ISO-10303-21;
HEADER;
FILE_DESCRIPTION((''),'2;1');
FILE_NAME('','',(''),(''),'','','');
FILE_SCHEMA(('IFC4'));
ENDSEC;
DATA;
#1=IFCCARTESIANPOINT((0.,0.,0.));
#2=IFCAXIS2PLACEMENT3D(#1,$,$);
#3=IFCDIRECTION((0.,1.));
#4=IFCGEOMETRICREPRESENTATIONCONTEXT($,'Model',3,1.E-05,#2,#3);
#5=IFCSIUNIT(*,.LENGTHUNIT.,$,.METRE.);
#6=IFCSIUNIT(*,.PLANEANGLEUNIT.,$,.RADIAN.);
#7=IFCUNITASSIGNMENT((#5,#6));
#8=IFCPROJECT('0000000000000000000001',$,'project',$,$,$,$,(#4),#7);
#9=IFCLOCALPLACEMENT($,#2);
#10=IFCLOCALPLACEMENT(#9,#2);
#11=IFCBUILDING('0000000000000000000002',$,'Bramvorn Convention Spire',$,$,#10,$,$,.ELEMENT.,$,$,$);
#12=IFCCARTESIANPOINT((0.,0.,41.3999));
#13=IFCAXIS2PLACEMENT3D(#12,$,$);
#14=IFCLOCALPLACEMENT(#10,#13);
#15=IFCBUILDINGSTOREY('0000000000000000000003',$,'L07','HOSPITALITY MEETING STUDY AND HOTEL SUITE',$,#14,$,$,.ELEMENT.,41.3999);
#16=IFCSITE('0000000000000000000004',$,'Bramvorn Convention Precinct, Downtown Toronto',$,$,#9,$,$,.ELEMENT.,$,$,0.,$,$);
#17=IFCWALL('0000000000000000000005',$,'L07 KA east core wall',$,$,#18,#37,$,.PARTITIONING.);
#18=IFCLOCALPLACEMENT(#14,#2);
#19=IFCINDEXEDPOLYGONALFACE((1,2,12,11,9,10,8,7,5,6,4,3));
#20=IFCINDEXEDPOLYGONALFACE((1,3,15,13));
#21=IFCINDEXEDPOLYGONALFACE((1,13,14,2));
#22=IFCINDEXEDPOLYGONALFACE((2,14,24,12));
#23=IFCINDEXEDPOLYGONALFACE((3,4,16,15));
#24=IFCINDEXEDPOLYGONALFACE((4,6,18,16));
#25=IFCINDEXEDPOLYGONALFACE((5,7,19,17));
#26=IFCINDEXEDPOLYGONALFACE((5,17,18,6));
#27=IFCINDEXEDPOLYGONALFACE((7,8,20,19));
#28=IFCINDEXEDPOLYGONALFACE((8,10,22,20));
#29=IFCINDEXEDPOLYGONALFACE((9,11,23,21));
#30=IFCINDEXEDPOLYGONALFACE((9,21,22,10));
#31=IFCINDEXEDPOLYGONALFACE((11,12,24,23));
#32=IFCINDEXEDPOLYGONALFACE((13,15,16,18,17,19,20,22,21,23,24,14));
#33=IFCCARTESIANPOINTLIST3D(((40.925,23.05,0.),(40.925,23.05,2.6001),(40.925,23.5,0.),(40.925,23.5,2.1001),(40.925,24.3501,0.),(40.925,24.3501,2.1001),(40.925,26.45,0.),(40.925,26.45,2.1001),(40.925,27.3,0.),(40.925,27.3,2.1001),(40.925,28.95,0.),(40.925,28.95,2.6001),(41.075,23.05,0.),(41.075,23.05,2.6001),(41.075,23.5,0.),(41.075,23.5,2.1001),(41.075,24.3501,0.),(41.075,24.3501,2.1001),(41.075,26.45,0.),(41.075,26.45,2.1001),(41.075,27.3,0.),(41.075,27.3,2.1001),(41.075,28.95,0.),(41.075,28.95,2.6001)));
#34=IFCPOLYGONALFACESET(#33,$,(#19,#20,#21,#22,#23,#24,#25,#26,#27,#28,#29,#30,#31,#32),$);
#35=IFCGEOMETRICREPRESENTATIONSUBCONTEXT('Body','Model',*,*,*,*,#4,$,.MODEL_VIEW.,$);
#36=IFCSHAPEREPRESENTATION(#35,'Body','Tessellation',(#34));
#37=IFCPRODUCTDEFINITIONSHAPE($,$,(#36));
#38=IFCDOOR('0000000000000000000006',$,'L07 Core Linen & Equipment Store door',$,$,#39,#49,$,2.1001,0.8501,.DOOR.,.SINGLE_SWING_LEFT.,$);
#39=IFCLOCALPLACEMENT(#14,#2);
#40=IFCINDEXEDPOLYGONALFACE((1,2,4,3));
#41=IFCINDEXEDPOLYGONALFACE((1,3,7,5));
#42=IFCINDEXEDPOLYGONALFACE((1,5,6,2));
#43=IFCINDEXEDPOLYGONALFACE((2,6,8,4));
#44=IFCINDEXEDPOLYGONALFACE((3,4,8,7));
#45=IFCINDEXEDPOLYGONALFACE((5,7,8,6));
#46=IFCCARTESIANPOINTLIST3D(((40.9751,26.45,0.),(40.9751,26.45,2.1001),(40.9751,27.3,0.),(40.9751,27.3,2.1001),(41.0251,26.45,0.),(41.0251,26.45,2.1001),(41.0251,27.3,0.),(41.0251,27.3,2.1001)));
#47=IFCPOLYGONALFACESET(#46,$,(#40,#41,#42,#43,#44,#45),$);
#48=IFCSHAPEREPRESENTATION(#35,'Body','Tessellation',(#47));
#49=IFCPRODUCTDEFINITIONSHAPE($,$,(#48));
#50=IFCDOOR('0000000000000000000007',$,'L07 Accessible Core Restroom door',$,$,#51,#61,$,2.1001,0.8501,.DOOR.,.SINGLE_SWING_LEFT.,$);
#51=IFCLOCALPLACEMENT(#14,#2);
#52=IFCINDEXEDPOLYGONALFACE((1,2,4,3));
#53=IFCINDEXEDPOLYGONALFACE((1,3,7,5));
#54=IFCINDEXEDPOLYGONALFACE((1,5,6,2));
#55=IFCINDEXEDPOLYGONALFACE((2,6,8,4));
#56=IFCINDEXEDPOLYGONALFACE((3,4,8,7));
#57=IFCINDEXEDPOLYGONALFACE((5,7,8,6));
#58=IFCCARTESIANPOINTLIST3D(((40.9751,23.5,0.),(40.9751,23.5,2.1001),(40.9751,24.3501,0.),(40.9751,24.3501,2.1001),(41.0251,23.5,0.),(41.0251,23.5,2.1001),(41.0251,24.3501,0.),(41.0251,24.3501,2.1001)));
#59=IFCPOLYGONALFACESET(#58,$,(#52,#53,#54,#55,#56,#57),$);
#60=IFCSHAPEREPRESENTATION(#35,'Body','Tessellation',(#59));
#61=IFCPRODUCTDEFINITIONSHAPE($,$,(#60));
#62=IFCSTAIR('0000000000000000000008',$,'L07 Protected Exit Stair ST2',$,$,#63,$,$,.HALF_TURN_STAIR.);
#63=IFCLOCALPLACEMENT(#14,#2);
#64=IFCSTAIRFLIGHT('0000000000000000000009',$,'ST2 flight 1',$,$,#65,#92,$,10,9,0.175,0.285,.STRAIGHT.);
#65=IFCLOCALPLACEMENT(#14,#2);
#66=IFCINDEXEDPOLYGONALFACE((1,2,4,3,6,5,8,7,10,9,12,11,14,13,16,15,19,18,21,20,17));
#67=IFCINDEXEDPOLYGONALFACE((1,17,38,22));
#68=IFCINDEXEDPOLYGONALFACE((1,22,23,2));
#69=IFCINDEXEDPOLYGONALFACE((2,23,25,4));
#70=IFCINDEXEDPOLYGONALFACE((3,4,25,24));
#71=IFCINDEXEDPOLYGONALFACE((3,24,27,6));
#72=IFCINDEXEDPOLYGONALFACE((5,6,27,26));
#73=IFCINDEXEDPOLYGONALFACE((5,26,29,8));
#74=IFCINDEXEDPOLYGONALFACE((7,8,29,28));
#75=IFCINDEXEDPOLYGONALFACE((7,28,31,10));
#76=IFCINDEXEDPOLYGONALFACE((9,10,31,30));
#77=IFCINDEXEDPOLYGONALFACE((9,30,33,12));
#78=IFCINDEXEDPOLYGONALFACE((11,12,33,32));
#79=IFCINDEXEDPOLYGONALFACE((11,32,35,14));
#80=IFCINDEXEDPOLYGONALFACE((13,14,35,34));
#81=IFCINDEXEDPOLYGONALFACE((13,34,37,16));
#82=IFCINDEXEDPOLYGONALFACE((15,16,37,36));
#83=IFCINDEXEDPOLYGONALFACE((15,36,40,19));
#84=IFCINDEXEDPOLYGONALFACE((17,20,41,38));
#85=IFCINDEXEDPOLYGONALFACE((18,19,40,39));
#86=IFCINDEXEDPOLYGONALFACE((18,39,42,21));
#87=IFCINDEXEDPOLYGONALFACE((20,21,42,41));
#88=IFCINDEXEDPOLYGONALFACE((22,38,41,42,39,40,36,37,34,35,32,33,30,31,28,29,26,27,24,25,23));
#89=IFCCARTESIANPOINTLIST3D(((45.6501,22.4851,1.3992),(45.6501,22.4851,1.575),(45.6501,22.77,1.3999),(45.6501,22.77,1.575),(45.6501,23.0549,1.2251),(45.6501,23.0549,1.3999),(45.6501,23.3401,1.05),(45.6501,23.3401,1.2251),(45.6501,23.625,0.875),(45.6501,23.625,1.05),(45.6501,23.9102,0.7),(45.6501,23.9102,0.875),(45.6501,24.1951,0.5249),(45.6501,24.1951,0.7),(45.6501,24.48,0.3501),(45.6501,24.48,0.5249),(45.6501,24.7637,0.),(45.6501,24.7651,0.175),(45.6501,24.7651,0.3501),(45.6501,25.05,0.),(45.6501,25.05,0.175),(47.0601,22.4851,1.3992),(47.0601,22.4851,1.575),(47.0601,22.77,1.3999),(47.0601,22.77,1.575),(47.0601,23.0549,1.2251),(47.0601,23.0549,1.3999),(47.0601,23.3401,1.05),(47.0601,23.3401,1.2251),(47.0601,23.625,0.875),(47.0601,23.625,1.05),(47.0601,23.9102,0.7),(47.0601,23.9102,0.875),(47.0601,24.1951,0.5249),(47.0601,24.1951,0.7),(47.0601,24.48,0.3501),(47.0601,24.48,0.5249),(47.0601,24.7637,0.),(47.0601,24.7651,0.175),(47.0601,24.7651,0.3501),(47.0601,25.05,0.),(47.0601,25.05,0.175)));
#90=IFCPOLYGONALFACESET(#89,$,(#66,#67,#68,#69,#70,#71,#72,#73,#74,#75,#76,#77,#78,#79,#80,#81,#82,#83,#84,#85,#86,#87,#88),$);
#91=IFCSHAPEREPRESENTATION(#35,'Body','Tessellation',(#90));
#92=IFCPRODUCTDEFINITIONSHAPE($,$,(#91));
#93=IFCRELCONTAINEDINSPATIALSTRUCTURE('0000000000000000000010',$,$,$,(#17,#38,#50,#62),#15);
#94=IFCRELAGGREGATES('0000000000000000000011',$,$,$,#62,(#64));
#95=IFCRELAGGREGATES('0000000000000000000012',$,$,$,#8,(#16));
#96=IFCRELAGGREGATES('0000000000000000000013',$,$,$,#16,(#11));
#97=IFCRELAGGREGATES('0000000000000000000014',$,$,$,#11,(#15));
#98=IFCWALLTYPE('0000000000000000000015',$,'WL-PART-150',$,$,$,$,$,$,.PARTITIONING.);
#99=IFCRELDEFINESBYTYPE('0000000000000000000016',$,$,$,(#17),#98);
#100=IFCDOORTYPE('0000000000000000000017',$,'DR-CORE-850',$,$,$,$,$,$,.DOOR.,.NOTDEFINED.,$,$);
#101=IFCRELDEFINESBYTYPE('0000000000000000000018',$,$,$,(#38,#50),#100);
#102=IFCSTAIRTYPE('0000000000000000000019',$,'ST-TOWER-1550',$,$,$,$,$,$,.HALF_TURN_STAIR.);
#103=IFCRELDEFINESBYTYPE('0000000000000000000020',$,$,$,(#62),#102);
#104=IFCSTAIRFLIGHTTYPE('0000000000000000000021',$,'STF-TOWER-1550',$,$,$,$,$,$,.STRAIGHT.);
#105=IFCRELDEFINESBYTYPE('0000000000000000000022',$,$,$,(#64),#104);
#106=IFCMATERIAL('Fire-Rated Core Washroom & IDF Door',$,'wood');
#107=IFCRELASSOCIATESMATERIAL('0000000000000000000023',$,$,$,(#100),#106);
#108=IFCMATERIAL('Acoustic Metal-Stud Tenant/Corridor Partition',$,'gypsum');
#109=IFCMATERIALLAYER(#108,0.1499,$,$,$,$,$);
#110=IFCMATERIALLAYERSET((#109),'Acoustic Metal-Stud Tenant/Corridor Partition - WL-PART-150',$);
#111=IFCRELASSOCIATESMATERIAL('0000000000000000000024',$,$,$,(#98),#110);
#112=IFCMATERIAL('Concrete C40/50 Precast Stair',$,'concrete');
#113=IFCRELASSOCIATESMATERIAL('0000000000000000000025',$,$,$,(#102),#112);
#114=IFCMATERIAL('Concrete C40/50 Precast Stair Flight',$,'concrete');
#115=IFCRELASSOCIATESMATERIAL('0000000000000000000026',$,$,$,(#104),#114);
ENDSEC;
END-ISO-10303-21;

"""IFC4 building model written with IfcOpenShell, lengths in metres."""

from ifc_helpers import new_model, si_unit, direction, frame, frame_2d, origin, place, context, subcontext, project, spatial, polyline, rectangle, outline, extrude, material, layer, layer_set, type_object, element, fill, aggregate, save


model = new_model("IFC4")

# Units and contexts
model_context = context("Model", 3, precision=1e-05, world=origin(), true_north=direction((0.0, 1.0)))
body_context = subcontext(model_context, "Body", "Model", "MODEL_VIEW")
ifc_project = project(units=[si_unit("LENGTHUNIT", "METRE"), si_unit("PLANEANGLEUNIT", "RADIAN")], contexts=[model_context])

# Site, building, storey
site_placement = place(None, origin())
site = spatial("IfcSite", under=ifc_project, at=site_placement, Name="Bramvorn Convention Precinct, Downtown Toronto", CompositionType="ELEMENT", RefElevation=0.0)
building_placement = place(site_placement, origin())
building = spatial("IfcBuilding", under=site, at=building_placement, Name="Bramvorn Convention Spire", CompositionType="ELEMENT")
storey_placement = place(building_placement, frame((0.0, 0.0, 41.3999)))
storey = spatial("IfcBuildingStorey", under=building, at=storey_placement, Name="L07", Description="HOSPITALITY MEETING STUDY AND HOTEL SUITE", CompositionType="ELEMENT", Elevation=41.3999)

# Shared definitions
ifc_material_1 = material(Name="Fire-Rated Core Washroom & IDF Door", Category="wood")
door_type_1 = type_object("IfcDoorType", Name="DR-CORE-850", OperationType="NOTDEFINED", PredefinedType="DOOR", material=ifc_material_1)

# Shared definitions
ifc_material_2 = material(Name="Acoustic Metal-Stud Tenant/Corridor Partition", Category="gypsum")
ifc_layer_1 = layer(ifc_material_2, 0.1499)
ifc_layer_set_1 = layer_set([ifc_layer_1], Name="Acoustic Metal-Stud Tenant/Corridor Partition - WL-PART-150")
wall_type_1 = type_object("IfcWallType", Name="WL-PART-150", PredefinedType="PARTITIONING", material=ifc_layer_set_1)

# Wall, openings, doors
wall_1_placement = place(storey_placement, frame((41.0, 23.05, 0.0), z_axis=(0.0, 0.0, 1.0), x_axis=(0.0, 1.0, 0.0)))
wall_1 = element("IfcWall", 1, at=wall_1_placement, inside=storey, type_object=wall_type_1, Name="L07 KA east core wall", PredefinedType="PARTITIONING", context=body_context, shape_type="SweptSolid", body=[
    extrude(rectangle(XDim=5.8999, YDim=0.1499, at=frame_2d((2.95, 0.0))), origin(), (0.0, 0.0, 1.0), 2.6001),
])
opening_1_placement = place(wall_1_placement, frame((3.3999, 0.0, 0.0)))
opening_1 = element("IfcOpeningElement", 2, at=opening_1_placement, cuts=wall_1, PredefinedType="OPENING", context=body_context, shape_type="SweptSolid", body=[
    extrude(rectangle(XDim=0.8501, YDim=2.1001, at=frame_2d((0.425, 1.05))), frame((0.0, 0.085, 0.0), z_axis=(0.0, -1.0, 0.0), x_axis=(1.0, 0.0, 0.0)), (0.0, 0.0, 1.0), 0.1699),
])
opening_2_placement = place(wall_1_placement, frame((0.45, 0.0, 0.0)))
opening_2 = element("IfcOpeningElement", 3, at=opening_2_placement, cuts=wall_1, PredefinedType="OPENING", context=body_context, shape_type="SweptSolid", body=[
    extrude(rectangle(XDim=0.8501, YDim=2.1001, at=frame_2d((0.425, 1.05))), frame((0.0, 0.085, 0.0), z_axis=(0.0, -1.0, 0.0), x_axis=(1.0, 0.0, 0.0)), (0.0, 0.0, 1.0), 0.1699),
])
door_1_placement = place(opening_1_placement, origin())
door_1 = element("IfcDoor", 4, at=door_1_placement, inside=storey, type_object=door_type_1, Name="L07 Core Linen & Equipment Store door", OperationType="SINGLE_SWING_LEFT", OverallHeight=2.1001, OverallWidth=0.8501, PredefinedType="DOOR", context=body_context, shape_type="SweptSolid", body=[
    extrude(rectangle(XDim=0.8501, YDim=2.1001, at=frame_2d((0.425, 1.05))), frame((0.0, 0.0249, 0.0), z_axis=(0.0, -1.0, 0.0), x_axis=(1.0, 0.0, 0.0)), (0.0, 0.0, 1.0), 0.05),
])
fill(opening_1, door_1)
door_2_placement = place(opening_2_placement, origin())
door_2 = element("IfcDoor", 5, at=door_2_placement, inside=storey, type_object=door_type_1, Name="L07 Accessible Core Restroom door", OperationType="SINGLE_SWING_LEFT", OverallHeight=2.1001, OverallWidth=0.8501, PredefinedType="DOOR", context=body_context, shape_type="SweptSolid", body=[
    extrude(rectangle(XDim=0.8501, YDim=2.1001, at=frame_2d((0.425, 1.05))), frame((0.0, 0.0249, 0.0), z_axis=(0.0, -1.0, 0.0), x_axis=(1.0, 0.0, 0.0)), (0.0, 0.0, 1.0), 0.05),
])
fill(opening_2, door_2)

# Stair, stair flight
ifc_material_3 = material(Name="Concrete C40/50 Precast Stair", Category="concrete")
stair_type = type_object("IfcStairType", Name="ST-TOWER-1550", PredefinedType="HALF_TURN_STAIR", material=ifc_material_3)
stair_placement = place(storey_placement, origin())
stair = element("IfcStair", 6, at=stair_placement, inside=storey, type_object=stair_type, Name="L07 Protected Exit Stair ST2", PredefinedType="HALF_TURN_STAIR")
ifc_material_4 = material(Name="Concrete C40/50 Precast Stair Flight", Category="concrete")
stair_flight_type = type_object("IfcStairFlightType", Name="STF-TOWER-1550", PredefinedType="STRAIGHT", material=ifc_material_4)
stair_flight_placement = place(storey_placement, frame((46.355, 25.05, 0.0), z_axis=(0.0, 0.0, 1.0), x_axis=(0.0, -1.0, 0.0)))
stair_flight = element("IfcStairFlight", 7, at=stair_flight_placement, type_object=stair_flight_type, Name="ST2 flight 1", NumberOfRisers=10, NumberOfTreads=9, PredefinedType="STRAIGHT", RiserHeight=0.175, TreadLength=0.285, context=body_context, shape_type="SweptSolid", body=[
    extrude(outline(polyline([(0.0, 0.0), (0.0, 0.175), (0.2849, 0.175), (0.2849, 0.3501), (0.5701, 0.3501), (0.5701, 0.5249), (0.855, 0.5249), (0.855, 0.7), (1.1399, 0.7), (1.1399, 0.875), (1.425, 0.875), (1.425, 1.05), (1.71, 1.05), (1.71, 1.2251), (1.9951, 1.2251), (1.9951, 1.3999), (2.28, 1.3999), (2.28, 1.575), (2.5649, 1.575), (2.5649, 1.75), (2.5649, 1.3992), (0.2864, 0.0), (0.0, 0.0)])), frame((0.0, 0.7051, 0.0), z_axis=(0.0, -1.0, 0.0), x_axis=(1.0, 0.0, 0.0)), (0.0, 0.0, 1.0), 1.4099),
])
aggregate(stair, [stair_flight])

save(model, "model.ifc")
